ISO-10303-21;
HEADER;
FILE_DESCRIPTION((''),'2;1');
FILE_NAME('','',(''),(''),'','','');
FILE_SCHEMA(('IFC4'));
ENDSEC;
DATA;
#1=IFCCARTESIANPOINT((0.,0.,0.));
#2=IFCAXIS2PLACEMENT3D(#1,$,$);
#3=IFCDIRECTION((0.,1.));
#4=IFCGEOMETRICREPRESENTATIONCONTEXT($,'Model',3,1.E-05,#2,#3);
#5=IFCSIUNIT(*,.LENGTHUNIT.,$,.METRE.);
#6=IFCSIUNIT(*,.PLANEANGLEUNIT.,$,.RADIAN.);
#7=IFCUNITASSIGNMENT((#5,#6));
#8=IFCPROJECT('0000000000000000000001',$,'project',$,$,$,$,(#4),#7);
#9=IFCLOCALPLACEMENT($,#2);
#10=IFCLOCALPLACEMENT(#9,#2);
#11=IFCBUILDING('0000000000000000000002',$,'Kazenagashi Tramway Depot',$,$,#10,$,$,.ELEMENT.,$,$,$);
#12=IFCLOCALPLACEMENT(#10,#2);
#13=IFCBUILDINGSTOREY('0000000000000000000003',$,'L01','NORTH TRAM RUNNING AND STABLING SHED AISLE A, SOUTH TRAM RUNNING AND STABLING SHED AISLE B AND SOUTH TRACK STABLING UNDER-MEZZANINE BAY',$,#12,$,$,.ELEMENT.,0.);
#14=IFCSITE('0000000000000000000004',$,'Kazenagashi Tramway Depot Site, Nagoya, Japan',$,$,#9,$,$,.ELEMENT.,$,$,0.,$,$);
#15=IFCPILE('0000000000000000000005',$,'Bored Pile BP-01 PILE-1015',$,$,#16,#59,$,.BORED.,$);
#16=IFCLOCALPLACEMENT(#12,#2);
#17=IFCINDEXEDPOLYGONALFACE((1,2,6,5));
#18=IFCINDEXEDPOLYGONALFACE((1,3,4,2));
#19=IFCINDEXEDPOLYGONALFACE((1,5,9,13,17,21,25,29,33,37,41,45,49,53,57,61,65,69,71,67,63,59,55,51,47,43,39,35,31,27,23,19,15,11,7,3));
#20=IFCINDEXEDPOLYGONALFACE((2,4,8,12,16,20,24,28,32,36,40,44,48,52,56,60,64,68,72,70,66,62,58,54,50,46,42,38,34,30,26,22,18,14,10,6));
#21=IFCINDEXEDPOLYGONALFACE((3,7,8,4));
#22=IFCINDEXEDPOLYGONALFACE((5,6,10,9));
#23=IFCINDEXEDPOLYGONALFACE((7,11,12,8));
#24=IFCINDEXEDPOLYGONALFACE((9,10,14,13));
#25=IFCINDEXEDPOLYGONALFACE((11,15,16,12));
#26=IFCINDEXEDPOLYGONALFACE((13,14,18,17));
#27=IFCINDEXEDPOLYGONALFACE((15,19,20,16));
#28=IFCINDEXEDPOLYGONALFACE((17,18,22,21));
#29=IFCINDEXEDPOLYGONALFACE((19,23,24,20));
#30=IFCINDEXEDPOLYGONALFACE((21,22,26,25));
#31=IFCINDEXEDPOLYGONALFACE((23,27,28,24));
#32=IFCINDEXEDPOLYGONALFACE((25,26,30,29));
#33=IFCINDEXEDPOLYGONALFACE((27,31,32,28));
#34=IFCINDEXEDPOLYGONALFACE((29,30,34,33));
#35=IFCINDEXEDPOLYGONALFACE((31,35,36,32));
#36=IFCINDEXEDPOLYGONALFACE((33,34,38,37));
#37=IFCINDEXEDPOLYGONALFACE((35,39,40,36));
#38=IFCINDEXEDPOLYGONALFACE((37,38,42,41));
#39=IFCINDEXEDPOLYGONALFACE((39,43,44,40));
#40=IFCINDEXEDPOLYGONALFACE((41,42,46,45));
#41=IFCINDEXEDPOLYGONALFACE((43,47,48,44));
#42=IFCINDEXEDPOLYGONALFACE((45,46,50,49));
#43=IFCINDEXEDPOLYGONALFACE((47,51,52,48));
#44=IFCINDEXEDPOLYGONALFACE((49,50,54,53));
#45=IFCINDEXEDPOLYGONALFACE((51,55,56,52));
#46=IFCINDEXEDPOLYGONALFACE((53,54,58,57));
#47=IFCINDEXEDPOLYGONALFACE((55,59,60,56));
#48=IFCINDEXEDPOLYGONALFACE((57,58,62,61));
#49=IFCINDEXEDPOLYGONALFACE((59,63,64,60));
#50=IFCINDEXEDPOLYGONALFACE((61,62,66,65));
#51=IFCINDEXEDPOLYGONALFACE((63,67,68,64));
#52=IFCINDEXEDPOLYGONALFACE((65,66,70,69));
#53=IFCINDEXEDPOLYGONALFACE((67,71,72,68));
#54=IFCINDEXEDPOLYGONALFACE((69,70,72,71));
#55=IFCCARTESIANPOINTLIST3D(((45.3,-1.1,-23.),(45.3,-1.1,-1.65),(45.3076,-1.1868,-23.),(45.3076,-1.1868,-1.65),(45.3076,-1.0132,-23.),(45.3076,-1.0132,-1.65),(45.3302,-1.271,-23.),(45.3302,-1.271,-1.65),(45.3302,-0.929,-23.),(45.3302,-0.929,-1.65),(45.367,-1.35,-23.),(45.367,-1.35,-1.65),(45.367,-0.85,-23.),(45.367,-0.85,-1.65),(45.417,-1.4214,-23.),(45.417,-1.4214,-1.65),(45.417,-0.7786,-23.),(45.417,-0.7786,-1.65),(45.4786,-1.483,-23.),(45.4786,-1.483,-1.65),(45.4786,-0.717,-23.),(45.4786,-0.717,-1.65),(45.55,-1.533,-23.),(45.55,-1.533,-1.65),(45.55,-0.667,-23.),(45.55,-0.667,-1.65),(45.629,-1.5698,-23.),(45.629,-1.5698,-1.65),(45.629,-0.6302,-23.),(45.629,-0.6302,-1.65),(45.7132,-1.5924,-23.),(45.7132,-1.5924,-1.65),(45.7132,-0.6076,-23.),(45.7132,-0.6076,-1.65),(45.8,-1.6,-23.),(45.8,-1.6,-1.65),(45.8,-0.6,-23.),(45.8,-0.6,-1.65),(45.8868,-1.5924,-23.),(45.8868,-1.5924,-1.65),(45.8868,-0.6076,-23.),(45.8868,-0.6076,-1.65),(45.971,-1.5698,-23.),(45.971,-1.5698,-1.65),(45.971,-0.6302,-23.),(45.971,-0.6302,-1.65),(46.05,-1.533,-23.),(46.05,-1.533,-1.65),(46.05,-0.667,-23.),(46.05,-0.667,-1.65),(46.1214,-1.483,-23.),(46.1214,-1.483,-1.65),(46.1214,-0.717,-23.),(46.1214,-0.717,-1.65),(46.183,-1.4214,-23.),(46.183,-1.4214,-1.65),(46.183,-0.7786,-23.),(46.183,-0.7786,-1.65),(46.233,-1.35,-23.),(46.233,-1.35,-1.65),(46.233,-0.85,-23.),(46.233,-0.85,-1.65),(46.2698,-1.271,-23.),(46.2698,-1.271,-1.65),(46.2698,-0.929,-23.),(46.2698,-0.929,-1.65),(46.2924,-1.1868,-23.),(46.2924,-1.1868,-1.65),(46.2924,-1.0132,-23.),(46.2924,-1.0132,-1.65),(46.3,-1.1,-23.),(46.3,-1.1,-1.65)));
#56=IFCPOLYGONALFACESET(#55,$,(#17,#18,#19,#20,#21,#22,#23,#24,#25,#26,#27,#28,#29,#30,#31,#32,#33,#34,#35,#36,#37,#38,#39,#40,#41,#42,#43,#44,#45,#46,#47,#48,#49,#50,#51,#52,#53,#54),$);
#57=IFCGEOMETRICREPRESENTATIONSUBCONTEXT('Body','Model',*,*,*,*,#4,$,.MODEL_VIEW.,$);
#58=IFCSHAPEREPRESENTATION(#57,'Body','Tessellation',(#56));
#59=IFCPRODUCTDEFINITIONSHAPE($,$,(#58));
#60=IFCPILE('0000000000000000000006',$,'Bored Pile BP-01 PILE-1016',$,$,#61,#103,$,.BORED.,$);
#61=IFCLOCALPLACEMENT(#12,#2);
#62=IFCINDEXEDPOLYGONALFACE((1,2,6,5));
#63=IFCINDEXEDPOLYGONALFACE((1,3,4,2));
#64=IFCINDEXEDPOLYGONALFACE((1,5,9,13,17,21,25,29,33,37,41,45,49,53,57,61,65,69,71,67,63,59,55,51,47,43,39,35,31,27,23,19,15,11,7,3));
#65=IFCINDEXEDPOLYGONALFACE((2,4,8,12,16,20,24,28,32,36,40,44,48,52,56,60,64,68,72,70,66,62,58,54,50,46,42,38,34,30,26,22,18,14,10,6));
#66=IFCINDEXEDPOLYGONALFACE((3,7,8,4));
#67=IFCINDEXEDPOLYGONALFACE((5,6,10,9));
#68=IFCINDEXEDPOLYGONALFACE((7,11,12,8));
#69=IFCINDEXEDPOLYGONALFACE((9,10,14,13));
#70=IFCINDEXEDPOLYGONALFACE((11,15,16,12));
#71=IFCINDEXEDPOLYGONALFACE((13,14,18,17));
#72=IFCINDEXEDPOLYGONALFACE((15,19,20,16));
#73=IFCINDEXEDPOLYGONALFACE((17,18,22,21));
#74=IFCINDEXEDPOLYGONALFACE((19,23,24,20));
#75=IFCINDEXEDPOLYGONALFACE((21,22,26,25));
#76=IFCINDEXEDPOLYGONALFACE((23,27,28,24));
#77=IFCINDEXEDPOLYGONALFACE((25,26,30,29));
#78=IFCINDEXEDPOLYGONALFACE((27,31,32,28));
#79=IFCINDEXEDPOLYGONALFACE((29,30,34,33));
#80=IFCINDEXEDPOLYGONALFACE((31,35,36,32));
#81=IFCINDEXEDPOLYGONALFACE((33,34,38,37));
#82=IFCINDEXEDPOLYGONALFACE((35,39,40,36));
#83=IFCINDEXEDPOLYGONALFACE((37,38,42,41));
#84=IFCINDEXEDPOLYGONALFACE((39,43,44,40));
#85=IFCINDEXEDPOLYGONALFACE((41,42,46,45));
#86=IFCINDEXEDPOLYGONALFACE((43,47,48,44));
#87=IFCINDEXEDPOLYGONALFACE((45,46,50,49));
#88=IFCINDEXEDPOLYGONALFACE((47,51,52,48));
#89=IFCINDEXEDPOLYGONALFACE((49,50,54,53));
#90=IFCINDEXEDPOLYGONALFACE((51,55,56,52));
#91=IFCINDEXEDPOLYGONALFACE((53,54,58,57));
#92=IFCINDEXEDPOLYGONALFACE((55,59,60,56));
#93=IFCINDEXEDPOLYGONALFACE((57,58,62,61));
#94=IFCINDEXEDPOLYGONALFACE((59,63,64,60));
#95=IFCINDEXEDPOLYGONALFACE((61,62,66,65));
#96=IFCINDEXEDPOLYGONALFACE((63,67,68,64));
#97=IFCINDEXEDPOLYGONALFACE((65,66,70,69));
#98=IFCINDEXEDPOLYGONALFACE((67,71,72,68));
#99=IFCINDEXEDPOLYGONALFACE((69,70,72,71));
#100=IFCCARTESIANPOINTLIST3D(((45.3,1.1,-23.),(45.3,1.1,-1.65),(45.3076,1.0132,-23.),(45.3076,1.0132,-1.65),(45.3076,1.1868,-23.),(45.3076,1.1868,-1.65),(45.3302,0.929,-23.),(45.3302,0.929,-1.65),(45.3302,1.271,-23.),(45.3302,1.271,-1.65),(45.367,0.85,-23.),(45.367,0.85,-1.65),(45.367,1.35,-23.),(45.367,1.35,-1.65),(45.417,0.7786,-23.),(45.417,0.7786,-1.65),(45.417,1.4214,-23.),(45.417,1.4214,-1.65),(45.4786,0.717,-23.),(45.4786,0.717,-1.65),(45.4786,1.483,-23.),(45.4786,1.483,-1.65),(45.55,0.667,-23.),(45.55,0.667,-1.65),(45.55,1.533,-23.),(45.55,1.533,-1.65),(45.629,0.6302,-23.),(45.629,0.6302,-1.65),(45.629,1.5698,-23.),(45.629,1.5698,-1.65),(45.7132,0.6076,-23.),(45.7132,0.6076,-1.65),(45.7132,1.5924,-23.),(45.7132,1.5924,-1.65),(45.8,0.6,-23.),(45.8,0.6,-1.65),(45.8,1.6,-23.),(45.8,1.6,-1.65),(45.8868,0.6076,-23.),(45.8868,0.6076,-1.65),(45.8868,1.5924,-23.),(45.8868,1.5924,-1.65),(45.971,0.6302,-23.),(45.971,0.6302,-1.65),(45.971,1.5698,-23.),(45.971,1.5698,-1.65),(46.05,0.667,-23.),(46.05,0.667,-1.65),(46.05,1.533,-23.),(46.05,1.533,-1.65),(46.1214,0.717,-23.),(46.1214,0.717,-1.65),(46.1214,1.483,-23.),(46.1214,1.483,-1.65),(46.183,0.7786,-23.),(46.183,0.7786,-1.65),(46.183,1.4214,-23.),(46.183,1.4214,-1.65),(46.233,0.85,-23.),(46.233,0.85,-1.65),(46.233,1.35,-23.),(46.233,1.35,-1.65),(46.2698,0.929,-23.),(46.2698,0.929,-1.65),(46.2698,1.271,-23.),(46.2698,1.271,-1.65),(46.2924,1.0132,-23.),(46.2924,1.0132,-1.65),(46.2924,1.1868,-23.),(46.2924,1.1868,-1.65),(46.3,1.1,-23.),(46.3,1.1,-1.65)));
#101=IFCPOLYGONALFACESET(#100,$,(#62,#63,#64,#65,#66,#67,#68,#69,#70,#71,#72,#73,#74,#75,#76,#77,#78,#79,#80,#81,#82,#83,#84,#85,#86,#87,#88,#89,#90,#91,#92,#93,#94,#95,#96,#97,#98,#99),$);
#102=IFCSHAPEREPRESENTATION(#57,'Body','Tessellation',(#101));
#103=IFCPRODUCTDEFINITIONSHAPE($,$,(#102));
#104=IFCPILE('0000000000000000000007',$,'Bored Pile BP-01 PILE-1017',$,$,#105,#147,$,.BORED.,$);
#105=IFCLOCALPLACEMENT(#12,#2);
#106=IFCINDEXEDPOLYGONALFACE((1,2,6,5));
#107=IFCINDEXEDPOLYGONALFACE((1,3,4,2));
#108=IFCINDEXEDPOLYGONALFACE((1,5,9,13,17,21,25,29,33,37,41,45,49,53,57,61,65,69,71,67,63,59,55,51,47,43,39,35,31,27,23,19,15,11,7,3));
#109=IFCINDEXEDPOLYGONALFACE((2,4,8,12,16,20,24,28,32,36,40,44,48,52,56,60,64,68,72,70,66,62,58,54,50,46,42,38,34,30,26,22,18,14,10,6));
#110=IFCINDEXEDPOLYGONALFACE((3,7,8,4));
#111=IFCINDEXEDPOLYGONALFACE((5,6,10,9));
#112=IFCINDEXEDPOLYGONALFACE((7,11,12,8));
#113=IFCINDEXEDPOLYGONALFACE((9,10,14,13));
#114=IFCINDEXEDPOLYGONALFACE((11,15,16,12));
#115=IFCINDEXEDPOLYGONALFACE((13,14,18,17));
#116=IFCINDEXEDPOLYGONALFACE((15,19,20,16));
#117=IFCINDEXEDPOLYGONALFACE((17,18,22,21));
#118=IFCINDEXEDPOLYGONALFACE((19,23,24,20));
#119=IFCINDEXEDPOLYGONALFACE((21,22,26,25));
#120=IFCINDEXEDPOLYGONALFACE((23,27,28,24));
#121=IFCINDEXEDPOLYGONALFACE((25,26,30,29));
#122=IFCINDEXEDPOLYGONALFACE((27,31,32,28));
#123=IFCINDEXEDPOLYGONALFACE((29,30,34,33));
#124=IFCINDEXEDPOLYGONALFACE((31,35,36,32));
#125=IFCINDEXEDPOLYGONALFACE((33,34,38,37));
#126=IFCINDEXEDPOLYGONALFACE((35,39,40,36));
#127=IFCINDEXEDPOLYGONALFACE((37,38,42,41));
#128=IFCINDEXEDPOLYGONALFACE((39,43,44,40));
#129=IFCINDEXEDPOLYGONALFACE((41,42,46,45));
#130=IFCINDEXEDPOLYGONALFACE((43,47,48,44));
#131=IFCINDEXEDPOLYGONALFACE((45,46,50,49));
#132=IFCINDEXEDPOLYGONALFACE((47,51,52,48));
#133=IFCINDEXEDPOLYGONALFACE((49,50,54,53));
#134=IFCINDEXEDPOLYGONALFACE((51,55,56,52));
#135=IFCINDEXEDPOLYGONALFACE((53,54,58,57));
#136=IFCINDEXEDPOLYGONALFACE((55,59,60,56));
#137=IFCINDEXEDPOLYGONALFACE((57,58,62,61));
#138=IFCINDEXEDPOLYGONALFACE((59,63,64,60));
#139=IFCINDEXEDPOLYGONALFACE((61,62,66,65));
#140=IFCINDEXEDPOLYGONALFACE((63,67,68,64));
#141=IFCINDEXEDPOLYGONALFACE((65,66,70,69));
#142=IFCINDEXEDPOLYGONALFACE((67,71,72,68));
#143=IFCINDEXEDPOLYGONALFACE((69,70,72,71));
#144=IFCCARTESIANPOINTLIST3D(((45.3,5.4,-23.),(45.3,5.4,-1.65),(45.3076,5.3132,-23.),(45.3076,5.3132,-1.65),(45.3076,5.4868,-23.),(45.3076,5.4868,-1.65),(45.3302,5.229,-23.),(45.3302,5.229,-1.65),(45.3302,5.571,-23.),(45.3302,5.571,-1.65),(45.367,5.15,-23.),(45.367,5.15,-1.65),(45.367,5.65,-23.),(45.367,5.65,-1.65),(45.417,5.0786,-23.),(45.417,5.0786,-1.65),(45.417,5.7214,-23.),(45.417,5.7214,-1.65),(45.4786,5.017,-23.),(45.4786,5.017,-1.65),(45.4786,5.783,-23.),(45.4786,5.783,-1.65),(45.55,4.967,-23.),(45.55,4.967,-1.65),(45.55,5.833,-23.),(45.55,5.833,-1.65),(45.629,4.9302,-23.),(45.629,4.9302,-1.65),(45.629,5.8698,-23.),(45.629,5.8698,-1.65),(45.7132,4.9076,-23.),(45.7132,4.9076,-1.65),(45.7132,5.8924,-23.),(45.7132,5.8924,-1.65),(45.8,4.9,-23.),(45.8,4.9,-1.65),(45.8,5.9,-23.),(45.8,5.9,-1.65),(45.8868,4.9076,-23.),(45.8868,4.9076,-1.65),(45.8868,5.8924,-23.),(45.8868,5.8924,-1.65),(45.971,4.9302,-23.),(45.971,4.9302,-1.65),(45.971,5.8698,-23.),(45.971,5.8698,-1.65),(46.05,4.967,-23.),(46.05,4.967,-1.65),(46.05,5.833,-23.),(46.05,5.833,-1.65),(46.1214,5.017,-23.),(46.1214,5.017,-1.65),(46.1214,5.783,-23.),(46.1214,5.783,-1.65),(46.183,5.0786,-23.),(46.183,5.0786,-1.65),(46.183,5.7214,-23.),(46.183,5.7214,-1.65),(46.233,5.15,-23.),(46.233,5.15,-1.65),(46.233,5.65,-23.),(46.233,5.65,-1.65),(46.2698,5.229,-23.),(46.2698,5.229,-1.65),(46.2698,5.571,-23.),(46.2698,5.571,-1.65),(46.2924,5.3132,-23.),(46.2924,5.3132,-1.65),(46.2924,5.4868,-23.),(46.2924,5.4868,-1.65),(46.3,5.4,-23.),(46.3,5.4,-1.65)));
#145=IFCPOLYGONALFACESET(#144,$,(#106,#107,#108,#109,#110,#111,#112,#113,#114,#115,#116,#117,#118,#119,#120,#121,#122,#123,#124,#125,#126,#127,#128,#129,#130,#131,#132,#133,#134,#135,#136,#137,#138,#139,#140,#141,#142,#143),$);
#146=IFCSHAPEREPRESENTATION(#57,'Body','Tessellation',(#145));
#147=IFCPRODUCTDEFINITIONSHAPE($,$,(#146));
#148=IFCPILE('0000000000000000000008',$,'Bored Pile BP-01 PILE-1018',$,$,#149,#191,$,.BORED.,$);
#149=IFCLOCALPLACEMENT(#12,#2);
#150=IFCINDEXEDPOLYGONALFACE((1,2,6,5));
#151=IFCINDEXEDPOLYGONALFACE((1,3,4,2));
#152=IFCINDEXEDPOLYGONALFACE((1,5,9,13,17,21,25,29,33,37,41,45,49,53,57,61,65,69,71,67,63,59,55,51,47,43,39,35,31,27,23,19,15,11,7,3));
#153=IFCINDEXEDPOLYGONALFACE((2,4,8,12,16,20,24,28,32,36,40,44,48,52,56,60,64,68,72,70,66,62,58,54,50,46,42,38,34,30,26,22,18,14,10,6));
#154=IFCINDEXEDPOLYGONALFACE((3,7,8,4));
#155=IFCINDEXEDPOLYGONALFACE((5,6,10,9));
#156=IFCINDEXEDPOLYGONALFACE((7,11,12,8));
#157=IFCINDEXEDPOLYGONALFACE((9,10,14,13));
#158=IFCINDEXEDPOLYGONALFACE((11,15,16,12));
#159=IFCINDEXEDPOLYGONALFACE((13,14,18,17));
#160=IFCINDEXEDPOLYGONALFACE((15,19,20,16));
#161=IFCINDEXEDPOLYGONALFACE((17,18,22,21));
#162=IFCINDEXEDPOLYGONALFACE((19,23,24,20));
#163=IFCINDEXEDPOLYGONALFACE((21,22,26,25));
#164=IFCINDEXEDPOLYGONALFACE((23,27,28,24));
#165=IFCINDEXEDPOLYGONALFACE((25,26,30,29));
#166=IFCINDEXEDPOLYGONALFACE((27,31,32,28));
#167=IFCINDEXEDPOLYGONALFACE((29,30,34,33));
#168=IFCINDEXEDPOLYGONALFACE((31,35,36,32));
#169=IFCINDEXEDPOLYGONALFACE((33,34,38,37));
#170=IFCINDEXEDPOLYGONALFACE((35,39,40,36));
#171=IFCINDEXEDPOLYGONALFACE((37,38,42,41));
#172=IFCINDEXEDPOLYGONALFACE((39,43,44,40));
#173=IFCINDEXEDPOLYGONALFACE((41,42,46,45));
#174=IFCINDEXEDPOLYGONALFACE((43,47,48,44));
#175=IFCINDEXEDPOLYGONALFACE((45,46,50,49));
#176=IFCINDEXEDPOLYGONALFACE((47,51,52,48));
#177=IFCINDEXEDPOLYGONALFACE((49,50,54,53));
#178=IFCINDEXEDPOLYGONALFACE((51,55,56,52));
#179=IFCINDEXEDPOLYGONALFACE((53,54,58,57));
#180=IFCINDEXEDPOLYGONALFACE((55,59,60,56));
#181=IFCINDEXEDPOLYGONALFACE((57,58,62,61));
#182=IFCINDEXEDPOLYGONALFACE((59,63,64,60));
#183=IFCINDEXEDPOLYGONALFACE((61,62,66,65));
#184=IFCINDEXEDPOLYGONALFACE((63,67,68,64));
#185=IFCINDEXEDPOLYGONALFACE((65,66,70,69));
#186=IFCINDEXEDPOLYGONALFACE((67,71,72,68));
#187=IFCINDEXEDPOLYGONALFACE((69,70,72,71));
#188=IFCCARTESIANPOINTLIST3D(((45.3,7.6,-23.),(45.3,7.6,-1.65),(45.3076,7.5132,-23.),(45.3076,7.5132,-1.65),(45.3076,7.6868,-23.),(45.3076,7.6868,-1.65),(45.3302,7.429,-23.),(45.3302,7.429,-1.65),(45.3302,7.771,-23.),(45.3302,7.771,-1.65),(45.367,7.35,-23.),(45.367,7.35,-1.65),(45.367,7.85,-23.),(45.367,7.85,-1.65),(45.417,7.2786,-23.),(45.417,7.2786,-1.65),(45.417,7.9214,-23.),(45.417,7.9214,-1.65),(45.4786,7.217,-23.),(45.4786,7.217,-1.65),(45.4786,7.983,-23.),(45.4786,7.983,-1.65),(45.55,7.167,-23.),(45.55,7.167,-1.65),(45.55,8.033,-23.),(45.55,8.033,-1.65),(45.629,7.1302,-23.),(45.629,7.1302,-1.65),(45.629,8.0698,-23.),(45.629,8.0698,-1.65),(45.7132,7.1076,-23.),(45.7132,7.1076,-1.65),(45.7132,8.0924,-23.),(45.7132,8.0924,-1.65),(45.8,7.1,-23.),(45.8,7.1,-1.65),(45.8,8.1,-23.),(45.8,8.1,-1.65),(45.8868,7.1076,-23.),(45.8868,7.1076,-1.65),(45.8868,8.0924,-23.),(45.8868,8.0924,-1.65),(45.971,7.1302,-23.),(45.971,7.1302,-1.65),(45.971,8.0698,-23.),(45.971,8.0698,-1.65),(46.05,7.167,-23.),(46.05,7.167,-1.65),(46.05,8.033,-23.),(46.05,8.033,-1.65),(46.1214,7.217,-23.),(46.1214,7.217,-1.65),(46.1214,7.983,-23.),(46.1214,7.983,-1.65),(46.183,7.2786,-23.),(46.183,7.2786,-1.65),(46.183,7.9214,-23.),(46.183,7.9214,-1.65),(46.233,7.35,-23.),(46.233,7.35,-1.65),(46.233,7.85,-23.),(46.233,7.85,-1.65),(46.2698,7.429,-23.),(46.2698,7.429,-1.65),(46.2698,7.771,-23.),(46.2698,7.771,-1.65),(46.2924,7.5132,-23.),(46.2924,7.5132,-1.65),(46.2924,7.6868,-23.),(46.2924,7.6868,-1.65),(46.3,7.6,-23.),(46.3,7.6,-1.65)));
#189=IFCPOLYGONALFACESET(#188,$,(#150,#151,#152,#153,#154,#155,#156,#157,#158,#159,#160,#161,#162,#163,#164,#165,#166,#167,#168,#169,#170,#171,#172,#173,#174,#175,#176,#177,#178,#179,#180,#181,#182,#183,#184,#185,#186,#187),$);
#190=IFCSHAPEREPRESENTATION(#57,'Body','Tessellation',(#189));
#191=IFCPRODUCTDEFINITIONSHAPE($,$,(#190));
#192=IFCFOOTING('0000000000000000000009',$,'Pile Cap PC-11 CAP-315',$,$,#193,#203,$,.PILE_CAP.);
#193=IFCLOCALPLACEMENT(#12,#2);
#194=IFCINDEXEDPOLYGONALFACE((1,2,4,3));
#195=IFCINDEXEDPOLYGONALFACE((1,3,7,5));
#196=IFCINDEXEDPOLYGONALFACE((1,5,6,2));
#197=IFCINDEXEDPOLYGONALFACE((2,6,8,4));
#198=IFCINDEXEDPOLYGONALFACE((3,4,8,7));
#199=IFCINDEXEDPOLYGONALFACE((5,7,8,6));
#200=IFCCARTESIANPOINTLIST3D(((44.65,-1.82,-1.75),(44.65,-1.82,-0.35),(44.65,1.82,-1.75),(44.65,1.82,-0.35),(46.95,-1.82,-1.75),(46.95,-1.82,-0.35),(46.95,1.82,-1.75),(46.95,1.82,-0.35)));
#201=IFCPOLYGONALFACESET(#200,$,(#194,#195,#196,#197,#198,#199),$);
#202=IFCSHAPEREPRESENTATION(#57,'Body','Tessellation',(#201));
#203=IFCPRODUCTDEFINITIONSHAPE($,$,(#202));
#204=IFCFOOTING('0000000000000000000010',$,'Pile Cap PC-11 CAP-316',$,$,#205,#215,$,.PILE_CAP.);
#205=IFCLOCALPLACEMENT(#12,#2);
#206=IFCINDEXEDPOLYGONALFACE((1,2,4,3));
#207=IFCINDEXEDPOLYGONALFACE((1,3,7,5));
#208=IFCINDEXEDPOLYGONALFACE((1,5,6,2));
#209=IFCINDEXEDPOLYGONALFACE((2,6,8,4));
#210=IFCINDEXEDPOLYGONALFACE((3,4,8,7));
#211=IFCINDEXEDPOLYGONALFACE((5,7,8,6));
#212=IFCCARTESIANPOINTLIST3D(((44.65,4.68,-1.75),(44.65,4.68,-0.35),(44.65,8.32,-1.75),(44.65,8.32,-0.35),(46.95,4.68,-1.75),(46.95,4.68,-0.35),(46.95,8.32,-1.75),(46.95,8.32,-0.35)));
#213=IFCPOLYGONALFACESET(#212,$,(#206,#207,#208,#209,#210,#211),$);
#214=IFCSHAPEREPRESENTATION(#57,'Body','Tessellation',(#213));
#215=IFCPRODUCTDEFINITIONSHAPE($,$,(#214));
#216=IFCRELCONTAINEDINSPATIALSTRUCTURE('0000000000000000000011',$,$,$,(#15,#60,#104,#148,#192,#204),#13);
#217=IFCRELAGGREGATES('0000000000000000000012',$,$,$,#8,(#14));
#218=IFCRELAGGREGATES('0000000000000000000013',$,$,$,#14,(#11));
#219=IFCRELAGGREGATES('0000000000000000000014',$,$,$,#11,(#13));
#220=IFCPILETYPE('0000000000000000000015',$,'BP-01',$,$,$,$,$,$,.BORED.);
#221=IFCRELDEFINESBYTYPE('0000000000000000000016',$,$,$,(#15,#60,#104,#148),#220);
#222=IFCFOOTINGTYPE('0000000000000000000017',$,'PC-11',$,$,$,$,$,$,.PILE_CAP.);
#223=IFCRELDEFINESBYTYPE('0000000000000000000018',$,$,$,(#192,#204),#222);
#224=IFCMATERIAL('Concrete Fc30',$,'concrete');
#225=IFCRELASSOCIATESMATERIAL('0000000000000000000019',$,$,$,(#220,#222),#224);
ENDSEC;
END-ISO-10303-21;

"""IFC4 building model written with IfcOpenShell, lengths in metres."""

from ifc_helpers import new_model, si_unit, direction, frame, origin, origin_2d, place, context, subcontext, project, spatial, rectangle, circle, extrude, material, material_profile, profile_set, type_object, element, save


model = new_model("IFC4")

# Units and contexts
model_context = context("Model", 3, precision=1e-05, world=origin(), true_north=direction((0.0, 1.0)))
body_context = subcontext(model_context, "Body", "Model", "MODEL_VIEW")
ifc_project = project(units=[si_unit("LENGTHUNIT", "METRE"), si_unit("PLANEANGLEUNIT", "RADIAN")], contexts=[model_context])

# Site, building, storey
site_placement = place(None, origin())
site = spatial("IfcSite", under=ifc_project, at=site_placement, Name="Kazenagashi Tramway Depot Site, Nagoya, Japan", CompositionType="ELEMENT", RefElevation=0.0)
building_placement = place(site_placement, origin())
building = spatial("IfcBuilding", under=site, at=building_placement, Name="Kazenagashi Tramway Depot", CompositionType="ELEMENT")
storey_placement = place(building_placement, origin())
storey = spatial("IfcBuildingStorey", under=building, at=storey_placement, Name="L01", Description="NORTH TRAM RUNNING AND STABLING SHED AISLE A, SOUTH TRAM RUNNING AND STABLING SHED AISLE B AND SOUTH TRACK STABLING UNDER-MEZZANINE BAY", CompositionType="ELEMENT", Elevation=0.0)

# Piles
ifc_material_1 = material(Name="Concrete Fc30", Category="concrete")
ifc_material_profile_1 = material_profile(ifc_material_1, circle(Radius=0.5, at=origin_2d()), Name="PILE-1000")
ifc_profile_set_1 = profile_set([ifc_material_profile_1], Name="Concrete Fc30")
pile_type = type_object("IfcPileType", Name="BP-01", PredefinedType="BORED", material=ifc_profile_set_1)
for number, where, z_axis, x_axis, name in (
    (1, (45.8, -1.1, -1.65), (0.0, 0.0, -1.0), (1.0, 0.0, 0.0), "Bored Pile BP-01 PILE-1015"),
    (2, (45.8, 1.1, -1.65), (0.0, 0.0, -1.0), (1.0, 0.0, 0.0), "Bored Pile BP-01 PILE-1016"),
    (3, (45.8, 5.4, -1.65), (0.0, 0.0, -1.0), (1.0, 0.0, 0.0), "Bored Pile BP-01 PILE-1017"),
    (4, (45.8, 7.6, -1.65), (0.0, 0.0, -1.0), (1.0, 0.0, 0.0), "Bored Pile BP-01 PILE-1018"),
):
    element("IfcPile", number, at=place(storey_placement, frame(where, z_axis=z_axis, x_axis=x_axis)), inside=storey, type_object=pile_type, Name=name, PredefinedType="BORED", context=body_context, shape_type="SweptSolid", body=[
        extrude(circle(Radius=0.5, at=origin_2d()), origin(), (0.0, 0.0, 1.0), 21.35),
    ])

# Footings
footing_type_1 = type_object("IfcFootingType", Name="PC-11", PredefinedType="PILE_CAP", material=ifc_material_1)
for number, where, z_axis, x_axis, name in (
    (5, (45.8, 0.0, -1.75), (0.0, 0.0, 1.0), (1.0, 0.0, 0.0), "Pile Cap PC-11 CAP-315"),
    (6, (45.8, 6.5, -1.75), (0.0, 0.0, 1.0), (1.0, 0.0, 0.0), "Pile Cap PC-11 CAP-316"),
):
    element("IfcFooting", number, at=place(storey_placement, frame(where, z_axis=z_axis, x_axis=x_axis)), inside=storey, type_object=footing_type_1, Name=name, PredefinedType="PILE_CAP", context=body_context, shape_type="SweptSolid", body=[
        extrude(rectangle(XDim=2.3, YDim=3.64, at=origin_2d()), origin(), (0.0, 0.0, 1.0), 1.4),
    ])

save(model, "model.ifc")
